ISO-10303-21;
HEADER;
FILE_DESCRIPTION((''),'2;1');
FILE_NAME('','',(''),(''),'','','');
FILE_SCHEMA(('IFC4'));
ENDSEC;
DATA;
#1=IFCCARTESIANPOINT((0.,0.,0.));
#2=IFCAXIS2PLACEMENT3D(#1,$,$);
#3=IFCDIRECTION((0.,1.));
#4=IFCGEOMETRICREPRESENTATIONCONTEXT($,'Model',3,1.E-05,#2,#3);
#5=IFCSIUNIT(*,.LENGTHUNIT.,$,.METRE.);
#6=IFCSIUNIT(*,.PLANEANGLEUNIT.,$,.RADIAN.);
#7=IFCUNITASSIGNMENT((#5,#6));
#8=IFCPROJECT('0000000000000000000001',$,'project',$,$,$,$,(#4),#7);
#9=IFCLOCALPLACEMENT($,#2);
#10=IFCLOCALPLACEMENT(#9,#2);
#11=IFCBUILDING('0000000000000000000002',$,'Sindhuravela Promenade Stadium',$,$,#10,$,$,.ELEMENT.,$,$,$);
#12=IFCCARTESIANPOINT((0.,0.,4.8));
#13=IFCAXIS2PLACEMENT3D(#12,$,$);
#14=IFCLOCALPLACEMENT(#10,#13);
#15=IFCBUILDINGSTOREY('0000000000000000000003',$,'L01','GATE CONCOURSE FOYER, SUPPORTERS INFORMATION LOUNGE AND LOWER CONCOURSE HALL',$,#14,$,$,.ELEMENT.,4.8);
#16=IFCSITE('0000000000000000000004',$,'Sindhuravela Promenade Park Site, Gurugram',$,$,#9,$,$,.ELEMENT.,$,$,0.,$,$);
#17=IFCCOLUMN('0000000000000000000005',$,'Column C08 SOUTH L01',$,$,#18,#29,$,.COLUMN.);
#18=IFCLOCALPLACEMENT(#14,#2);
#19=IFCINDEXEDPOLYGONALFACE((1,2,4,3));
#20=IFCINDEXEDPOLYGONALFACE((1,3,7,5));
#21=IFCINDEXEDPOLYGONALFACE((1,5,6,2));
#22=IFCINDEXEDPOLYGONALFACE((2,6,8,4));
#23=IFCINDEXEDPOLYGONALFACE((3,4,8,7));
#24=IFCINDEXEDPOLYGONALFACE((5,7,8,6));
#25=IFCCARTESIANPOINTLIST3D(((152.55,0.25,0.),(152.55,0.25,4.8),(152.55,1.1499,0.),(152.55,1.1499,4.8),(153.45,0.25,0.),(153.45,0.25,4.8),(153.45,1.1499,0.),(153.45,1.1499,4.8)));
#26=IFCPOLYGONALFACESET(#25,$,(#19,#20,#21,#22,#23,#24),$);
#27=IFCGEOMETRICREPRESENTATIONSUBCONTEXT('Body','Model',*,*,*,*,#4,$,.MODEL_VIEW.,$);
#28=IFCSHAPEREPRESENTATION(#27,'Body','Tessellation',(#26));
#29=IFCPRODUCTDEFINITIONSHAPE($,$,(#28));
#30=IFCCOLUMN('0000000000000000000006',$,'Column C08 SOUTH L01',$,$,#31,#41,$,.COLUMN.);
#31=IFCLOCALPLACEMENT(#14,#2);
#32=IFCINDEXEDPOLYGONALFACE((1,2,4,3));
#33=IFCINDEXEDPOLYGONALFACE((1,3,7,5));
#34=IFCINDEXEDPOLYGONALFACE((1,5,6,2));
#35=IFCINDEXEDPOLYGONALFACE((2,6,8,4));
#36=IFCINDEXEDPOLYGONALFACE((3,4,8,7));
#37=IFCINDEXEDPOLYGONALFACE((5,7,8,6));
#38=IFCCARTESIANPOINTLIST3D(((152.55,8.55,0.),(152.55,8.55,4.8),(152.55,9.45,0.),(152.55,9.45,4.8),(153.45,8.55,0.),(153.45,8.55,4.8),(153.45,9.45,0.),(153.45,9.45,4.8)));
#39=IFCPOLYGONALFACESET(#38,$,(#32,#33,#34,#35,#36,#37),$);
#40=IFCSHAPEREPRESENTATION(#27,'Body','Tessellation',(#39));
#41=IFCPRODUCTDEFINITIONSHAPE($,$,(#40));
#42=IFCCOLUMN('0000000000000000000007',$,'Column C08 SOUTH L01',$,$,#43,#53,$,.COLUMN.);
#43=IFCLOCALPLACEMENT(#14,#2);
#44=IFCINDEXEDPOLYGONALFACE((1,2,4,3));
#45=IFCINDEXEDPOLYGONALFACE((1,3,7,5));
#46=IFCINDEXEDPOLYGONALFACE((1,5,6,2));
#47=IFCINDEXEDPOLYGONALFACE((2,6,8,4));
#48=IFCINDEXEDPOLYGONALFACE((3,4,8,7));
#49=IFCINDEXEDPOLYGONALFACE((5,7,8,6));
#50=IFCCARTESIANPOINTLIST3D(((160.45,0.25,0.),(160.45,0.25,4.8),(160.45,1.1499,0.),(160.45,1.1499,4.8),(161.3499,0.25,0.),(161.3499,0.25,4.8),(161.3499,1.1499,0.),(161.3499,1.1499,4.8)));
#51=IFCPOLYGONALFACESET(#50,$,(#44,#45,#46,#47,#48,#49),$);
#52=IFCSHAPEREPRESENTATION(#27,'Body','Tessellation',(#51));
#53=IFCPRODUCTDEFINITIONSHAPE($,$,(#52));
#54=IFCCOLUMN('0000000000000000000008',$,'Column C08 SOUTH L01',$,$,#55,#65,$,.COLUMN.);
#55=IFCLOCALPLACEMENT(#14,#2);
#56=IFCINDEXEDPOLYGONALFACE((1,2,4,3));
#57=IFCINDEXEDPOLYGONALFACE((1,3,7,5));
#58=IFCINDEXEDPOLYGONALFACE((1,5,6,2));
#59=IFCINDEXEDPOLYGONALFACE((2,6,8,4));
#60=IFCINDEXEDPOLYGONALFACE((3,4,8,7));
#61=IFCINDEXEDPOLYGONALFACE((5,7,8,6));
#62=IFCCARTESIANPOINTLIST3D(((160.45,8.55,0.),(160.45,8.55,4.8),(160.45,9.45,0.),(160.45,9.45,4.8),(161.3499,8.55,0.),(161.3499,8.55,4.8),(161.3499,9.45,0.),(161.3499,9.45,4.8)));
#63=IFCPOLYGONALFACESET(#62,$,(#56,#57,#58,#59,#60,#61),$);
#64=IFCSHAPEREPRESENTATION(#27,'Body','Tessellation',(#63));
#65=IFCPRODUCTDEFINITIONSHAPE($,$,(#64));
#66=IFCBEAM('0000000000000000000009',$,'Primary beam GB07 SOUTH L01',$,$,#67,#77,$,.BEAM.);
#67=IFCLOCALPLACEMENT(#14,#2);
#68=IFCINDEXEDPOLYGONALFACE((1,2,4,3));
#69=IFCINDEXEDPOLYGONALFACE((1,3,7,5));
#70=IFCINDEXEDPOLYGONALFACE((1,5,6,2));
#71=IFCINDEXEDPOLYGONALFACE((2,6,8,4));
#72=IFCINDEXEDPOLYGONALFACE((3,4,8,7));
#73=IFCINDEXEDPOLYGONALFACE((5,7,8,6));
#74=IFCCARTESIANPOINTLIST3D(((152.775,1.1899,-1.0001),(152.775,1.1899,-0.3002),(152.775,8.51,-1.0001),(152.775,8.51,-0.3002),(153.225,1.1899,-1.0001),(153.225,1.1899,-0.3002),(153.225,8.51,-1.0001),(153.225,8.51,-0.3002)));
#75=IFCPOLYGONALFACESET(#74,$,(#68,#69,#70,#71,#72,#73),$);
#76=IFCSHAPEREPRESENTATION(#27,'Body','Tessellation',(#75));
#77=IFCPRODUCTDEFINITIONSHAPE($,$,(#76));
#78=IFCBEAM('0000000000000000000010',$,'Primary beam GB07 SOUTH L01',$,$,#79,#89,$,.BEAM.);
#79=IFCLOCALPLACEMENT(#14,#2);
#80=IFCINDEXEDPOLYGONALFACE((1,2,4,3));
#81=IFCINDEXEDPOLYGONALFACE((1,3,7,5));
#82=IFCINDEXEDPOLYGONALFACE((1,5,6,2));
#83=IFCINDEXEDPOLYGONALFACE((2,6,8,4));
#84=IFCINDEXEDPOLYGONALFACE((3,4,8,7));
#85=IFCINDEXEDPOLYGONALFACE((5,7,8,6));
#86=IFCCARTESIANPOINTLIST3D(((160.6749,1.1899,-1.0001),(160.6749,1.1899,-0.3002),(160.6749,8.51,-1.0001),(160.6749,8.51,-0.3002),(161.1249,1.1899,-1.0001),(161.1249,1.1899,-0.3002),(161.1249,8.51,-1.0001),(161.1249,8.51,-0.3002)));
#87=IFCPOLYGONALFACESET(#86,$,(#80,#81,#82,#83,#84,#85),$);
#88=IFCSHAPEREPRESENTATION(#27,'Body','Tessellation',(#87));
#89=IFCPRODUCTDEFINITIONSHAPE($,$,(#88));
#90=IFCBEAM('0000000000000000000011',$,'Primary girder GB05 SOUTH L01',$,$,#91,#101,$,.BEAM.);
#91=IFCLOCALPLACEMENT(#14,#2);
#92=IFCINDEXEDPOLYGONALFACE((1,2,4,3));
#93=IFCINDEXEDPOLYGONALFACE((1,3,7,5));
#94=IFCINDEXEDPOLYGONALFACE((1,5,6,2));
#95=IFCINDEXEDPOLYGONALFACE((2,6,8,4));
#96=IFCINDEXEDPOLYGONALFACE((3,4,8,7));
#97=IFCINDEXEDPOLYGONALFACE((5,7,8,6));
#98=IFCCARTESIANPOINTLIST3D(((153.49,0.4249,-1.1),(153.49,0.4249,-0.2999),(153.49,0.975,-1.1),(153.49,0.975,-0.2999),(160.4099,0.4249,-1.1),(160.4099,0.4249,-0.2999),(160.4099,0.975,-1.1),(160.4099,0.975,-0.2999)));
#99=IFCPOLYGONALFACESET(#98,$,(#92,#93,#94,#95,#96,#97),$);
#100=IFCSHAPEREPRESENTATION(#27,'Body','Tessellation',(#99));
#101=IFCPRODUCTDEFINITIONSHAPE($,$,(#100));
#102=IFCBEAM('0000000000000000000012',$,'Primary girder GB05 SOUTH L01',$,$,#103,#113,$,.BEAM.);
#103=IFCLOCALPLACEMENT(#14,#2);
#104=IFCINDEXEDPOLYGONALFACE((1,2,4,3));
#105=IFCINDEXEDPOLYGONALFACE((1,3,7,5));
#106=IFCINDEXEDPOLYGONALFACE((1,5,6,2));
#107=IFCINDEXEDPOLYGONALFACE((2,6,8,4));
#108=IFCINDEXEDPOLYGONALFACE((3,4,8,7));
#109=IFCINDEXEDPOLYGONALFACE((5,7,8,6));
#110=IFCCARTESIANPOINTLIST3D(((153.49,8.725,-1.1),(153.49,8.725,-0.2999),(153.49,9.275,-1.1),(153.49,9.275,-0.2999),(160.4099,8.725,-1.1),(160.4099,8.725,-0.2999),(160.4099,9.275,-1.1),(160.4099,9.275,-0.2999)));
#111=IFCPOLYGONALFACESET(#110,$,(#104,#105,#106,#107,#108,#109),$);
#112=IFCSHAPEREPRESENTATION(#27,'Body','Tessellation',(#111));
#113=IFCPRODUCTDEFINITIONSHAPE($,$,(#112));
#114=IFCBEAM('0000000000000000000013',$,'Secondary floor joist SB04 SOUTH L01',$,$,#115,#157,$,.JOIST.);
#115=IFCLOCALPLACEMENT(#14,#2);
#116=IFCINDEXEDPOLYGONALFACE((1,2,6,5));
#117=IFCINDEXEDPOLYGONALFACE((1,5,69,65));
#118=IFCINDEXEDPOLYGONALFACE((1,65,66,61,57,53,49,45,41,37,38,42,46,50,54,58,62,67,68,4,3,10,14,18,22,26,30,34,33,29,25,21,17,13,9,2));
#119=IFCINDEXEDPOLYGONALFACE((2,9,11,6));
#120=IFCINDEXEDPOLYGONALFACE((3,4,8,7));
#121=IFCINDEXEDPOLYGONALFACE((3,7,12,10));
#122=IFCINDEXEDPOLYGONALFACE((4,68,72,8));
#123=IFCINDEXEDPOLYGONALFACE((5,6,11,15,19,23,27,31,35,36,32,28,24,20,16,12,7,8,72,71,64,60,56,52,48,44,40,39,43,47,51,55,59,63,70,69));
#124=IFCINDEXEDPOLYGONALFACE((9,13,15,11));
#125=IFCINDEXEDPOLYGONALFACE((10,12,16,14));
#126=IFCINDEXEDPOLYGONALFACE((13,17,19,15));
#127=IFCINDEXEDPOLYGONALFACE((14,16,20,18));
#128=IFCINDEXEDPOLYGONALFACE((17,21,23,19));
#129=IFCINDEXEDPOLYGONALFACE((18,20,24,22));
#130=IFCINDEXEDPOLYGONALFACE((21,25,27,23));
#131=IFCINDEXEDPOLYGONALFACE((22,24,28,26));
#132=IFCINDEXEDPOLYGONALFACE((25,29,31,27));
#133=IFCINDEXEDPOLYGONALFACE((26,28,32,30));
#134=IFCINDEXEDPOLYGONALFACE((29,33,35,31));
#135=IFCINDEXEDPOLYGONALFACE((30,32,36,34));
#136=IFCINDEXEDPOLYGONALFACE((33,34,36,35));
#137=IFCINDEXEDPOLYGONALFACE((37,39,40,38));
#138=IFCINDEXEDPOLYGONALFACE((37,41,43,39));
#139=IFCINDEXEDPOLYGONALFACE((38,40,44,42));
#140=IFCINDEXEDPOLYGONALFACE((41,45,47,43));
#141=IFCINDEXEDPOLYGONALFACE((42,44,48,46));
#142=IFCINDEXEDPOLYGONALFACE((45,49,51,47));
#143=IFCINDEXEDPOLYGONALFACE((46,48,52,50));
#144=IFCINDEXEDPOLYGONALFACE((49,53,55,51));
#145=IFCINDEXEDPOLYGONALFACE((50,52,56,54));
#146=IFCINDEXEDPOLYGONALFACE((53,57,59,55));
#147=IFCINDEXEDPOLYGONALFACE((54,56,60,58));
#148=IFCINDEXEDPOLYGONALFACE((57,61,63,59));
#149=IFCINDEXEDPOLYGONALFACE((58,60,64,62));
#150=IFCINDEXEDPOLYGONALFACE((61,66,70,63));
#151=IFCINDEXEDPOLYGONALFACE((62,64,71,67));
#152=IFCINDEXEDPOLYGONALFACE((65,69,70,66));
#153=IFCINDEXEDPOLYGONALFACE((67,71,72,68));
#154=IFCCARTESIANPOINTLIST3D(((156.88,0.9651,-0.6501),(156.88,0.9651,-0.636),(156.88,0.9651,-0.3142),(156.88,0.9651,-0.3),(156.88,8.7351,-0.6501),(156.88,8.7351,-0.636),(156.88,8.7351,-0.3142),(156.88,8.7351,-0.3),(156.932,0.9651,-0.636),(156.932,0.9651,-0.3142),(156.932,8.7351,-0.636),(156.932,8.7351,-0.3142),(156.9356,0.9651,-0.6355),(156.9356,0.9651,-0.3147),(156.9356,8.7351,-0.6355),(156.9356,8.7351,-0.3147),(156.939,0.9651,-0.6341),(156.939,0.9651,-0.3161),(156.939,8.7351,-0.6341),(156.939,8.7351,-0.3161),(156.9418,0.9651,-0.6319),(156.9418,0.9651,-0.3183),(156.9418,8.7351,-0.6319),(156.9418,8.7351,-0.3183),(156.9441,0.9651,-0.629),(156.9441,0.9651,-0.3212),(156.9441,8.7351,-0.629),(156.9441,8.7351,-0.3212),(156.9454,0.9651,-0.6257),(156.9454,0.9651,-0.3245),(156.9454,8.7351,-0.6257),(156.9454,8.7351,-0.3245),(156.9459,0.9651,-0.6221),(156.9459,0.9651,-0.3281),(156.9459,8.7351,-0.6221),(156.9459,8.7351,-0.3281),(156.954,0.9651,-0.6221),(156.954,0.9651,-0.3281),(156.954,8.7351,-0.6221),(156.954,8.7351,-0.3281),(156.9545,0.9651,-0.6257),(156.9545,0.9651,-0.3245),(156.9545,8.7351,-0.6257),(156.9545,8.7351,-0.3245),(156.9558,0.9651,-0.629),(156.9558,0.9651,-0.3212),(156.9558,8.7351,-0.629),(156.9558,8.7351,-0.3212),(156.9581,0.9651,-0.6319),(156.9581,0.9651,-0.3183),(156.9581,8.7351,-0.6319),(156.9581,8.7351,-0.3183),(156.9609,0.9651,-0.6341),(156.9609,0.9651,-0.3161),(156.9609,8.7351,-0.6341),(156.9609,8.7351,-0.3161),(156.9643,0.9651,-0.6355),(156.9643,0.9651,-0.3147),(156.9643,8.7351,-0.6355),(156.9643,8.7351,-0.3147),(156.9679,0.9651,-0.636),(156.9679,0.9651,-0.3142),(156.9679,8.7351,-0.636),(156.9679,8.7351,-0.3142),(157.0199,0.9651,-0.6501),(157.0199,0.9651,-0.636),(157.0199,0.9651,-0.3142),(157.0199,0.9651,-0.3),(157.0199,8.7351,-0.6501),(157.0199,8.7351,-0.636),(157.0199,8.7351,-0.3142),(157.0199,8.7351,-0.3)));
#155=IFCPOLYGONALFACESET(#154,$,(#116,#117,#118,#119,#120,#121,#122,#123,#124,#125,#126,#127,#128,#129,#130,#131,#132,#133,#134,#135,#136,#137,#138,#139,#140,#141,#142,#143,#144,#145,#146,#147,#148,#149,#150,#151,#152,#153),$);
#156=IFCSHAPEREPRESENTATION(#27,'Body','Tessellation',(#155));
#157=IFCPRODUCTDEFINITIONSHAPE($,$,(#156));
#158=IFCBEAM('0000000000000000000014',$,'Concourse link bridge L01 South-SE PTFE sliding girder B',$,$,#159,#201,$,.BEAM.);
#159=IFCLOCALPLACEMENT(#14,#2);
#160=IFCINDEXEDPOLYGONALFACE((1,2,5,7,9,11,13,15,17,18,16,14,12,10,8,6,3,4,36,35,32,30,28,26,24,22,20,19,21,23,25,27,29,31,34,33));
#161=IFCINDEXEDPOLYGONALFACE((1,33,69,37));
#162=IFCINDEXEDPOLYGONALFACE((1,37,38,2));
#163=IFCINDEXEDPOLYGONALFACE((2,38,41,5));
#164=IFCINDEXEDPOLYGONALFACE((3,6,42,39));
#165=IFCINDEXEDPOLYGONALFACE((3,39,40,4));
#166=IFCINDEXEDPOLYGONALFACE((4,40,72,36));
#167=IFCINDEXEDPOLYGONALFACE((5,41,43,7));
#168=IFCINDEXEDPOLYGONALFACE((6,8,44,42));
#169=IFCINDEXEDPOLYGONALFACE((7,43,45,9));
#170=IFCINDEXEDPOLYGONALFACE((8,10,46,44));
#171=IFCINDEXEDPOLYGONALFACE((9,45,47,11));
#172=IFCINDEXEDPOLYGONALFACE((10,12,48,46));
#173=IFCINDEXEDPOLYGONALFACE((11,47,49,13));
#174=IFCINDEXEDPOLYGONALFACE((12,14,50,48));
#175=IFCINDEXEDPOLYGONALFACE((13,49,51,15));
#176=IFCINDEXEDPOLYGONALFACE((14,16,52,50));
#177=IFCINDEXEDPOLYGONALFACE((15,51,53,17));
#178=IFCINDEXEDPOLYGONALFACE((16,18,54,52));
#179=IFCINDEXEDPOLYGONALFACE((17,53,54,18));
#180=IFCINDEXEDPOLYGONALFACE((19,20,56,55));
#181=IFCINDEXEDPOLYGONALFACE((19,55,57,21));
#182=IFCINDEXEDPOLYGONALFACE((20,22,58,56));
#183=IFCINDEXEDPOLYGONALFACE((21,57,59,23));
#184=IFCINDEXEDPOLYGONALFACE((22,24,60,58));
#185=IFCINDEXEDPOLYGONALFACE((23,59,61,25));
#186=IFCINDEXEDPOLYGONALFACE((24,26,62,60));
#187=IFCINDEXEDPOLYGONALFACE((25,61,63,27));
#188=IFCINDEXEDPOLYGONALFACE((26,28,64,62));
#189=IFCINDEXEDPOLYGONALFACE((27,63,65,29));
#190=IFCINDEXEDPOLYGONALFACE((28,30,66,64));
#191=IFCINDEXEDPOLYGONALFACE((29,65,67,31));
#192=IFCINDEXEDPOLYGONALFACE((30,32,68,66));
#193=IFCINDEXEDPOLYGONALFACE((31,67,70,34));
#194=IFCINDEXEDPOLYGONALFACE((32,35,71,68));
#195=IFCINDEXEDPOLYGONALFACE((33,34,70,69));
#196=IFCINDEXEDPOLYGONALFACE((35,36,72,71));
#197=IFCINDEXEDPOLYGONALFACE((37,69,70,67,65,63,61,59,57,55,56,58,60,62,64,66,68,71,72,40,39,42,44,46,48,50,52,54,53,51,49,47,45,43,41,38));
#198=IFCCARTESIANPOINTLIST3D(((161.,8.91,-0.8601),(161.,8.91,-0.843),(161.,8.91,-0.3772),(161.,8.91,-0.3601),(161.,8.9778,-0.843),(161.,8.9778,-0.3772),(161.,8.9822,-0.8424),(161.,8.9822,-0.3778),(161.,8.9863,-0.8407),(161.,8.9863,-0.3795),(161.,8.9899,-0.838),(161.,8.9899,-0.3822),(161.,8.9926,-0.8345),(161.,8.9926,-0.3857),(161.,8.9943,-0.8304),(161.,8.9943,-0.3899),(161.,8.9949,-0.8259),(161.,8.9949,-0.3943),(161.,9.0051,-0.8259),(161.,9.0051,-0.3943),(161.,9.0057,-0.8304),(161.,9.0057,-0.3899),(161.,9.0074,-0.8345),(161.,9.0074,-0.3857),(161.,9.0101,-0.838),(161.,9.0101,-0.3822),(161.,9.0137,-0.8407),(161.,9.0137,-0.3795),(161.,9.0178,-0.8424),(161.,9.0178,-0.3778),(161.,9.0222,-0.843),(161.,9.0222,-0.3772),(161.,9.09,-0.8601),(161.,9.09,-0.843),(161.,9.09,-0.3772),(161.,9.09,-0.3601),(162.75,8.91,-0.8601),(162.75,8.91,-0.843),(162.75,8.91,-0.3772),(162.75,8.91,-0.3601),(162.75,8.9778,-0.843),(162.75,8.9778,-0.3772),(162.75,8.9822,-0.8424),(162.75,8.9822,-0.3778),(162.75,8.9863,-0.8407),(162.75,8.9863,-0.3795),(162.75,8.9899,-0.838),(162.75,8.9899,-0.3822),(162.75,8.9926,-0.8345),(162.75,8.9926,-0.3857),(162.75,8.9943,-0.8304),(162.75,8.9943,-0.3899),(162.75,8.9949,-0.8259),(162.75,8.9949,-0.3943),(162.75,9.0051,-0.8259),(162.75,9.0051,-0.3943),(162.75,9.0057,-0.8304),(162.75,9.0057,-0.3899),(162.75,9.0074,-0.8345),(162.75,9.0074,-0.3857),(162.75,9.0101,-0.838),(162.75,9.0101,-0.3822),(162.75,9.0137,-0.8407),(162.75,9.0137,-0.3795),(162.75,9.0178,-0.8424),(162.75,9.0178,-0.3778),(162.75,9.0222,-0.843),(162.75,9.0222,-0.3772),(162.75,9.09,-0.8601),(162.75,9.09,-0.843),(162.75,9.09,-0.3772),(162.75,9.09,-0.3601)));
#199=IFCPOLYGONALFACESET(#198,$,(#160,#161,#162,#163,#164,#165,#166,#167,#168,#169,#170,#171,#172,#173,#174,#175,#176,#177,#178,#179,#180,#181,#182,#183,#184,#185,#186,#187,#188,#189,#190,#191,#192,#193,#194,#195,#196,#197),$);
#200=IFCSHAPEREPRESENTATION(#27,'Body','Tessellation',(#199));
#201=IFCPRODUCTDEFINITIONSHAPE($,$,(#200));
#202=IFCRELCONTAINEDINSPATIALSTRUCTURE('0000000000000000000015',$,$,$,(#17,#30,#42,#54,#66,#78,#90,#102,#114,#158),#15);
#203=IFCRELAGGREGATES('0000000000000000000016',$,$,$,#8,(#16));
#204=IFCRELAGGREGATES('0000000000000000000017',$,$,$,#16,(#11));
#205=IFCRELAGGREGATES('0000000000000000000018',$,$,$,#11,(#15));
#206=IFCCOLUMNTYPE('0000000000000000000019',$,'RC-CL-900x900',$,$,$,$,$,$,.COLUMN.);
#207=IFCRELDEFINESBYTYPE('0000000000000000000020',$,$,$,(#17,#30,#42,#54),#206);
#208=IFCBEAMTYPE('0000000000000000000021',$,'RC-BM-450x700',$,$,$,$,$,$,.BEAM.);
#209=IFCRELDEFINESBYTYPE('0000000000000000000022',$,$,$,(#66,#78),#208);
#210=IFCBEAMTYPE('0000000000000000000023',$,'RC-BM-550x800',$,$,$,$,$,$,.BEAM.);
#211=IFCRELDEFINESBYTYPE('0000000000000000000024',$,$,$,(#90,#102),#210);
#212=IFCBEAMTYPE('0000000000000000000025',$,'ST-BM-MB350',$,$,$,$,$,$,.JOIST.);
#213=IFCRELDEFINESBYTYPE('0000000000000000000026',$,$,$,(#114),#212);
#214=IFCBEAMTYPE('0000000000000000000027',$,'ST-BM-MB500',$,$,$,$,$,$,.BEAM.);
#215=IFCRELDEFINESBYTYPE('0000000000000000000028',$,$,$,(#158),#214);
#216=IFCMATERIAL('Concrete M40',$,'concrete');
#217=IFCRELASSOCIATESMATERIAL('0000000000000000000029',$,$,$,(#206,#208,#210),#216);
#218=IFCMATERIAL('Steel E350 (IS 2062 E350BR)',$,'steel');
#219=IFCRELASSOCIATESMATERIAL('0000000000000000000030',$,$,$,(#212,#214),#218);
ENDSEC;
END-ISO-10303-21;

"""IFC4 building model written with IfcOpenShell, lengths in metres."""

from ifc_helpers import new_model, si_unit, direction, frame, origin, origin_2d, place, context, subcontext, project, spatial, rectangle, i_section, extrude, material, material_profile, profile_set, type_object, element, save


model = new_model("IFC4")

# Units and contexts
model_context = context("Model", 3, precision=1e-05, world=origin(), true_north=direction((0.0, 1.0)))
body_context = subcontext(model_context, "Body", "Model", "MODEL_VIEW")
ifc_project = project(units=[si_unit("LENGTHUNIT", "METRE"), si_unit("PLANEANGLEUNIT", "RADIAN")], contexts=[model_context])

# Site, building, storey
site_placement = place(None, origin())
site = spatial("IfcSite", under=ifc_project, at=site_placement, Name="Sindhuravela Promenade Park Site, Gurugram", CompositionType="ELEMENT", RefElevation=0.0)
building_placement = place(site_placement, origin())
building = spatial("IfcBuilding", under=site, at=building_placement, Name="Sindhuravela Promenade Stadium", CompositionType="ELEMENT")
storey_placement = place(building_placement, frame((0.0, 0.0, 4.8)))
storey = spatial("IfcBuildingStorey", under=building, at=storey_placement, Name="L01", Description="GATE CONCOURSE FOYER, SUPPORTERS INFORMATION LOUNGE AND LOWER CONCOURSE HALL", CompositionType="ELEMENT", Elevation=4.8)

# Columns
ifc_material_1 = material(Name="Concrete M40", Category="concrete")
ifc_material_profile_1 = material_profile(ifc_material_1, rectangle(XDim=0.8999, YDim=0.8999, at=origin_2d()), Name="RC 900x900")
ifc_profile_set_1 = profile_set([ifc_material_profile_1], Name="Concrete M40")
column_type = type_object("IfcColumnType", Name="RC-CL-900x900", PredefinedType="COLUMN", material=ifc_profile_set_1)
for number, where, z_axis, x_axis, name in (
    (1, (153.0, 0.7, 0.0), (0.0, 0.0, 1.0), (1.0, 0.0, 0.0), "Column C08 SOUTH L01"),
    (2, (153.0, 9.0, 0.0), (0.0, 0.0, 1.0), (1.0, 0.0, 0.0), "Column C08 SOUTH L01"),
    (3, (160.8999, 0.7, 0.0), (0.0, 0.0, 1.0), (1.0, 0.0, 0.0), "Column C08 SOUTH L01"),
    (4, (160.8999, 9.0, 0.0), (0.0, 0.0, 1.0), (1.0, 0.0, 0.0), "Column C08 SOUTH L01"),
):
    element("IfcColumn", number, at=place(storey_placement, frame(where, z_axis=z_axis, x_axis=x_axis)), inside=storey, type_object=column_type, Name=name, PredefinedType="COLUMN", context=body_context, shape_type="SweptSolid", body=[
        extrude(rectangle(XDim=0.8999, YDim=0.8999, at=origin_2d()), origin(), (0.0, 0.0, 1.0), 4.8),
    ])

# Beams
ifc_material_profile_2 = material_profile(ifc_material_1, rectangle(XDim=0.45, YDim=0.7, at=origin_2d()), Name="RC 450x700")
ifc_profile_set_2 = profile_set([ifc_material_profile_2], Name="Concrete M40")
beam_type_1 = type_object("IfcBeamType", Name="RC-BM-450x700", PredefinedType="BEAM", material=ifc_profile_set_2)
for number, where, z_axis, x_axis, name in (
    (5, (153.0, 1.1899, -0.6501), (0.0, 1.0, 0.0), (-1.0, 0.0, 0.0), "Primary beam GB07 SOUTH L01"),
    (6, (160.8999, 1.1899, -0.6501), (0.0, 1.0, 0.0), (-1.0, 0.0, 0.0), "Primary beam GB07 SOUTH L01"),
):
    element("IfcBeam", number, at=place(storey_placement, frame(where, z_axis=z_axis, x_axis=x_axis)), inside=storey, type_object=beam_type_1, Name=name, PredefinedType="BEAM", context=body_context, shape_type="SweptSolid", body=[
        extrude(rectangle(XDim=0.45, YDim=0.7, at=origin_2d()), origin(), (0.0, 0.0, 1.0), 7.3201),
    ])
ifc_material_profile_3 = material_profile(ifc_material_1, rectangle(XDim=0.55, YDim=0.8, at=origin_2d()), Name="RC 550x800")
ifc_profile_set_3 = profile_set([ifc_material_profile_3], Name="Concrete M40")
beam_type_2 = type_object("IfcBeamType", Name="RC-BM-550x800", PredefinedType="BEAM", material=ifc_profile_set_3)
for number, where, z_axis, x_axis, name in (
    (7, (153.49, 0.7, -0.7), (1.0, 0.0, 0.0), (0.0, 1.0, 0.0), "Primary girder GB05 SOUTH L01"),
    (8, (153.49, 9.0, -0.7), (1.0, 0.0, 0.0), (0.0, 1.0, 0.0), "Primary girder GB05 SOUTH L01"),
):
    element("IfcBeam", number, at=place(storey_placement, frame(where, z_axis=z_axis, x_axis=x_axis)), inside=storey, type_object=beam_type_2, Name=name, PredefinedType="BEAM", context=body_context, shape_type="SweptSolid", body=[
        extrude(rectangle(XDim=0.55, YDim=0.8, at=origin_2d()), origin(), (0.0, 0.0, 1.0), 6.9199),
    ])
ifc_material_2 = material(Name="Steel E350 (IS 2062 E350BR)", Category="steel")
ifc_material_profile_4 = material_profile(ifc_material_2, i_section(OverallWidth=0.1399, OverallDepth=0.3501, WebThickness=0.0081, FlangeThickness=0.0142, FilletRadius=0.0139, at=origin_2d()), Name="ISMB 350")
ifc_profile_set_4 = profile_set([ifc_material_profile_4], Name="Steel E350 (IS 2062 E350BR)")
beam_type_3 = type_object("IfcBeamType", Name="ST-BM-MB350", PredefinedType="JOIST", material=ifc_profile_set_4)
beam_1_placement = place(storey_placement, frame((156.95, 0.9651, -0.4751), z_axis=(0.0, 1.0, 0.0), x_axis=(-1.0, 0.0, 0.0)))
element("IfcBeam", 9, at=beam_1_placement, inside=storey, type_object=beam_type_3, Name="Secondary floor joist SB04 SOUTH L01", PredefinedType="JOIST", context=body_context, shape_type="SweptSolid", body=[
    extrude(i_section(OverallWidth=0.1399, OverallDepth=0.3501, WebThickness=0.0081, FlangeThickness=0.0142, FilletRadius=0.0139, at=origin_2d()), origin(), (0.0, 0.0, 1.0), 7.77),
])
ifc_material_profile_5 = material_profile(ifc_material_2, i_section(OverallWidth=0.1799, OverallDepth=0.5, WebThickness=0.0103, FlangeThickness=0.0171, FilletRadius=0.0171, at=origin_2d()), Name="ISMB 500")
ifc_profile_set_5 = profile_set([ifc_material_profile_5], Name="Steel E350 (IS 2062 E350BR)")
beam_type_4 = type_object("IfcBeamType", Name="ST-BM-MB500", PredefinedType="BEAM", material=ifc_profile_set_5)
beam_2_placement = place(storey_placement, frame((161.0, 9.0, -0.6101), z_axis=(1.0, 0.0, 0.0), x_axis=(0.0, 1.0, 0.0)))
element("IfcBeam", 10, at=beam_2_placement, inside=storey, type_object=beam_type_4, Name="Concourse link bridge L01 South-SE PTFE sliding girder B", PredefinedType="BEAM", context=body_context, shape_type="SweptSolid", body=[
    extrude(i_section(OverallWidth=0.1799, OverallDepth=0.5, WebThickness=0.0103, FlangeThickness=0.0171, FilletRadius=0.0171, at=origin_2d()), origin(), (0.0, 0.0, 1.0), 1.75),
])

save(model, "model.ifc")
